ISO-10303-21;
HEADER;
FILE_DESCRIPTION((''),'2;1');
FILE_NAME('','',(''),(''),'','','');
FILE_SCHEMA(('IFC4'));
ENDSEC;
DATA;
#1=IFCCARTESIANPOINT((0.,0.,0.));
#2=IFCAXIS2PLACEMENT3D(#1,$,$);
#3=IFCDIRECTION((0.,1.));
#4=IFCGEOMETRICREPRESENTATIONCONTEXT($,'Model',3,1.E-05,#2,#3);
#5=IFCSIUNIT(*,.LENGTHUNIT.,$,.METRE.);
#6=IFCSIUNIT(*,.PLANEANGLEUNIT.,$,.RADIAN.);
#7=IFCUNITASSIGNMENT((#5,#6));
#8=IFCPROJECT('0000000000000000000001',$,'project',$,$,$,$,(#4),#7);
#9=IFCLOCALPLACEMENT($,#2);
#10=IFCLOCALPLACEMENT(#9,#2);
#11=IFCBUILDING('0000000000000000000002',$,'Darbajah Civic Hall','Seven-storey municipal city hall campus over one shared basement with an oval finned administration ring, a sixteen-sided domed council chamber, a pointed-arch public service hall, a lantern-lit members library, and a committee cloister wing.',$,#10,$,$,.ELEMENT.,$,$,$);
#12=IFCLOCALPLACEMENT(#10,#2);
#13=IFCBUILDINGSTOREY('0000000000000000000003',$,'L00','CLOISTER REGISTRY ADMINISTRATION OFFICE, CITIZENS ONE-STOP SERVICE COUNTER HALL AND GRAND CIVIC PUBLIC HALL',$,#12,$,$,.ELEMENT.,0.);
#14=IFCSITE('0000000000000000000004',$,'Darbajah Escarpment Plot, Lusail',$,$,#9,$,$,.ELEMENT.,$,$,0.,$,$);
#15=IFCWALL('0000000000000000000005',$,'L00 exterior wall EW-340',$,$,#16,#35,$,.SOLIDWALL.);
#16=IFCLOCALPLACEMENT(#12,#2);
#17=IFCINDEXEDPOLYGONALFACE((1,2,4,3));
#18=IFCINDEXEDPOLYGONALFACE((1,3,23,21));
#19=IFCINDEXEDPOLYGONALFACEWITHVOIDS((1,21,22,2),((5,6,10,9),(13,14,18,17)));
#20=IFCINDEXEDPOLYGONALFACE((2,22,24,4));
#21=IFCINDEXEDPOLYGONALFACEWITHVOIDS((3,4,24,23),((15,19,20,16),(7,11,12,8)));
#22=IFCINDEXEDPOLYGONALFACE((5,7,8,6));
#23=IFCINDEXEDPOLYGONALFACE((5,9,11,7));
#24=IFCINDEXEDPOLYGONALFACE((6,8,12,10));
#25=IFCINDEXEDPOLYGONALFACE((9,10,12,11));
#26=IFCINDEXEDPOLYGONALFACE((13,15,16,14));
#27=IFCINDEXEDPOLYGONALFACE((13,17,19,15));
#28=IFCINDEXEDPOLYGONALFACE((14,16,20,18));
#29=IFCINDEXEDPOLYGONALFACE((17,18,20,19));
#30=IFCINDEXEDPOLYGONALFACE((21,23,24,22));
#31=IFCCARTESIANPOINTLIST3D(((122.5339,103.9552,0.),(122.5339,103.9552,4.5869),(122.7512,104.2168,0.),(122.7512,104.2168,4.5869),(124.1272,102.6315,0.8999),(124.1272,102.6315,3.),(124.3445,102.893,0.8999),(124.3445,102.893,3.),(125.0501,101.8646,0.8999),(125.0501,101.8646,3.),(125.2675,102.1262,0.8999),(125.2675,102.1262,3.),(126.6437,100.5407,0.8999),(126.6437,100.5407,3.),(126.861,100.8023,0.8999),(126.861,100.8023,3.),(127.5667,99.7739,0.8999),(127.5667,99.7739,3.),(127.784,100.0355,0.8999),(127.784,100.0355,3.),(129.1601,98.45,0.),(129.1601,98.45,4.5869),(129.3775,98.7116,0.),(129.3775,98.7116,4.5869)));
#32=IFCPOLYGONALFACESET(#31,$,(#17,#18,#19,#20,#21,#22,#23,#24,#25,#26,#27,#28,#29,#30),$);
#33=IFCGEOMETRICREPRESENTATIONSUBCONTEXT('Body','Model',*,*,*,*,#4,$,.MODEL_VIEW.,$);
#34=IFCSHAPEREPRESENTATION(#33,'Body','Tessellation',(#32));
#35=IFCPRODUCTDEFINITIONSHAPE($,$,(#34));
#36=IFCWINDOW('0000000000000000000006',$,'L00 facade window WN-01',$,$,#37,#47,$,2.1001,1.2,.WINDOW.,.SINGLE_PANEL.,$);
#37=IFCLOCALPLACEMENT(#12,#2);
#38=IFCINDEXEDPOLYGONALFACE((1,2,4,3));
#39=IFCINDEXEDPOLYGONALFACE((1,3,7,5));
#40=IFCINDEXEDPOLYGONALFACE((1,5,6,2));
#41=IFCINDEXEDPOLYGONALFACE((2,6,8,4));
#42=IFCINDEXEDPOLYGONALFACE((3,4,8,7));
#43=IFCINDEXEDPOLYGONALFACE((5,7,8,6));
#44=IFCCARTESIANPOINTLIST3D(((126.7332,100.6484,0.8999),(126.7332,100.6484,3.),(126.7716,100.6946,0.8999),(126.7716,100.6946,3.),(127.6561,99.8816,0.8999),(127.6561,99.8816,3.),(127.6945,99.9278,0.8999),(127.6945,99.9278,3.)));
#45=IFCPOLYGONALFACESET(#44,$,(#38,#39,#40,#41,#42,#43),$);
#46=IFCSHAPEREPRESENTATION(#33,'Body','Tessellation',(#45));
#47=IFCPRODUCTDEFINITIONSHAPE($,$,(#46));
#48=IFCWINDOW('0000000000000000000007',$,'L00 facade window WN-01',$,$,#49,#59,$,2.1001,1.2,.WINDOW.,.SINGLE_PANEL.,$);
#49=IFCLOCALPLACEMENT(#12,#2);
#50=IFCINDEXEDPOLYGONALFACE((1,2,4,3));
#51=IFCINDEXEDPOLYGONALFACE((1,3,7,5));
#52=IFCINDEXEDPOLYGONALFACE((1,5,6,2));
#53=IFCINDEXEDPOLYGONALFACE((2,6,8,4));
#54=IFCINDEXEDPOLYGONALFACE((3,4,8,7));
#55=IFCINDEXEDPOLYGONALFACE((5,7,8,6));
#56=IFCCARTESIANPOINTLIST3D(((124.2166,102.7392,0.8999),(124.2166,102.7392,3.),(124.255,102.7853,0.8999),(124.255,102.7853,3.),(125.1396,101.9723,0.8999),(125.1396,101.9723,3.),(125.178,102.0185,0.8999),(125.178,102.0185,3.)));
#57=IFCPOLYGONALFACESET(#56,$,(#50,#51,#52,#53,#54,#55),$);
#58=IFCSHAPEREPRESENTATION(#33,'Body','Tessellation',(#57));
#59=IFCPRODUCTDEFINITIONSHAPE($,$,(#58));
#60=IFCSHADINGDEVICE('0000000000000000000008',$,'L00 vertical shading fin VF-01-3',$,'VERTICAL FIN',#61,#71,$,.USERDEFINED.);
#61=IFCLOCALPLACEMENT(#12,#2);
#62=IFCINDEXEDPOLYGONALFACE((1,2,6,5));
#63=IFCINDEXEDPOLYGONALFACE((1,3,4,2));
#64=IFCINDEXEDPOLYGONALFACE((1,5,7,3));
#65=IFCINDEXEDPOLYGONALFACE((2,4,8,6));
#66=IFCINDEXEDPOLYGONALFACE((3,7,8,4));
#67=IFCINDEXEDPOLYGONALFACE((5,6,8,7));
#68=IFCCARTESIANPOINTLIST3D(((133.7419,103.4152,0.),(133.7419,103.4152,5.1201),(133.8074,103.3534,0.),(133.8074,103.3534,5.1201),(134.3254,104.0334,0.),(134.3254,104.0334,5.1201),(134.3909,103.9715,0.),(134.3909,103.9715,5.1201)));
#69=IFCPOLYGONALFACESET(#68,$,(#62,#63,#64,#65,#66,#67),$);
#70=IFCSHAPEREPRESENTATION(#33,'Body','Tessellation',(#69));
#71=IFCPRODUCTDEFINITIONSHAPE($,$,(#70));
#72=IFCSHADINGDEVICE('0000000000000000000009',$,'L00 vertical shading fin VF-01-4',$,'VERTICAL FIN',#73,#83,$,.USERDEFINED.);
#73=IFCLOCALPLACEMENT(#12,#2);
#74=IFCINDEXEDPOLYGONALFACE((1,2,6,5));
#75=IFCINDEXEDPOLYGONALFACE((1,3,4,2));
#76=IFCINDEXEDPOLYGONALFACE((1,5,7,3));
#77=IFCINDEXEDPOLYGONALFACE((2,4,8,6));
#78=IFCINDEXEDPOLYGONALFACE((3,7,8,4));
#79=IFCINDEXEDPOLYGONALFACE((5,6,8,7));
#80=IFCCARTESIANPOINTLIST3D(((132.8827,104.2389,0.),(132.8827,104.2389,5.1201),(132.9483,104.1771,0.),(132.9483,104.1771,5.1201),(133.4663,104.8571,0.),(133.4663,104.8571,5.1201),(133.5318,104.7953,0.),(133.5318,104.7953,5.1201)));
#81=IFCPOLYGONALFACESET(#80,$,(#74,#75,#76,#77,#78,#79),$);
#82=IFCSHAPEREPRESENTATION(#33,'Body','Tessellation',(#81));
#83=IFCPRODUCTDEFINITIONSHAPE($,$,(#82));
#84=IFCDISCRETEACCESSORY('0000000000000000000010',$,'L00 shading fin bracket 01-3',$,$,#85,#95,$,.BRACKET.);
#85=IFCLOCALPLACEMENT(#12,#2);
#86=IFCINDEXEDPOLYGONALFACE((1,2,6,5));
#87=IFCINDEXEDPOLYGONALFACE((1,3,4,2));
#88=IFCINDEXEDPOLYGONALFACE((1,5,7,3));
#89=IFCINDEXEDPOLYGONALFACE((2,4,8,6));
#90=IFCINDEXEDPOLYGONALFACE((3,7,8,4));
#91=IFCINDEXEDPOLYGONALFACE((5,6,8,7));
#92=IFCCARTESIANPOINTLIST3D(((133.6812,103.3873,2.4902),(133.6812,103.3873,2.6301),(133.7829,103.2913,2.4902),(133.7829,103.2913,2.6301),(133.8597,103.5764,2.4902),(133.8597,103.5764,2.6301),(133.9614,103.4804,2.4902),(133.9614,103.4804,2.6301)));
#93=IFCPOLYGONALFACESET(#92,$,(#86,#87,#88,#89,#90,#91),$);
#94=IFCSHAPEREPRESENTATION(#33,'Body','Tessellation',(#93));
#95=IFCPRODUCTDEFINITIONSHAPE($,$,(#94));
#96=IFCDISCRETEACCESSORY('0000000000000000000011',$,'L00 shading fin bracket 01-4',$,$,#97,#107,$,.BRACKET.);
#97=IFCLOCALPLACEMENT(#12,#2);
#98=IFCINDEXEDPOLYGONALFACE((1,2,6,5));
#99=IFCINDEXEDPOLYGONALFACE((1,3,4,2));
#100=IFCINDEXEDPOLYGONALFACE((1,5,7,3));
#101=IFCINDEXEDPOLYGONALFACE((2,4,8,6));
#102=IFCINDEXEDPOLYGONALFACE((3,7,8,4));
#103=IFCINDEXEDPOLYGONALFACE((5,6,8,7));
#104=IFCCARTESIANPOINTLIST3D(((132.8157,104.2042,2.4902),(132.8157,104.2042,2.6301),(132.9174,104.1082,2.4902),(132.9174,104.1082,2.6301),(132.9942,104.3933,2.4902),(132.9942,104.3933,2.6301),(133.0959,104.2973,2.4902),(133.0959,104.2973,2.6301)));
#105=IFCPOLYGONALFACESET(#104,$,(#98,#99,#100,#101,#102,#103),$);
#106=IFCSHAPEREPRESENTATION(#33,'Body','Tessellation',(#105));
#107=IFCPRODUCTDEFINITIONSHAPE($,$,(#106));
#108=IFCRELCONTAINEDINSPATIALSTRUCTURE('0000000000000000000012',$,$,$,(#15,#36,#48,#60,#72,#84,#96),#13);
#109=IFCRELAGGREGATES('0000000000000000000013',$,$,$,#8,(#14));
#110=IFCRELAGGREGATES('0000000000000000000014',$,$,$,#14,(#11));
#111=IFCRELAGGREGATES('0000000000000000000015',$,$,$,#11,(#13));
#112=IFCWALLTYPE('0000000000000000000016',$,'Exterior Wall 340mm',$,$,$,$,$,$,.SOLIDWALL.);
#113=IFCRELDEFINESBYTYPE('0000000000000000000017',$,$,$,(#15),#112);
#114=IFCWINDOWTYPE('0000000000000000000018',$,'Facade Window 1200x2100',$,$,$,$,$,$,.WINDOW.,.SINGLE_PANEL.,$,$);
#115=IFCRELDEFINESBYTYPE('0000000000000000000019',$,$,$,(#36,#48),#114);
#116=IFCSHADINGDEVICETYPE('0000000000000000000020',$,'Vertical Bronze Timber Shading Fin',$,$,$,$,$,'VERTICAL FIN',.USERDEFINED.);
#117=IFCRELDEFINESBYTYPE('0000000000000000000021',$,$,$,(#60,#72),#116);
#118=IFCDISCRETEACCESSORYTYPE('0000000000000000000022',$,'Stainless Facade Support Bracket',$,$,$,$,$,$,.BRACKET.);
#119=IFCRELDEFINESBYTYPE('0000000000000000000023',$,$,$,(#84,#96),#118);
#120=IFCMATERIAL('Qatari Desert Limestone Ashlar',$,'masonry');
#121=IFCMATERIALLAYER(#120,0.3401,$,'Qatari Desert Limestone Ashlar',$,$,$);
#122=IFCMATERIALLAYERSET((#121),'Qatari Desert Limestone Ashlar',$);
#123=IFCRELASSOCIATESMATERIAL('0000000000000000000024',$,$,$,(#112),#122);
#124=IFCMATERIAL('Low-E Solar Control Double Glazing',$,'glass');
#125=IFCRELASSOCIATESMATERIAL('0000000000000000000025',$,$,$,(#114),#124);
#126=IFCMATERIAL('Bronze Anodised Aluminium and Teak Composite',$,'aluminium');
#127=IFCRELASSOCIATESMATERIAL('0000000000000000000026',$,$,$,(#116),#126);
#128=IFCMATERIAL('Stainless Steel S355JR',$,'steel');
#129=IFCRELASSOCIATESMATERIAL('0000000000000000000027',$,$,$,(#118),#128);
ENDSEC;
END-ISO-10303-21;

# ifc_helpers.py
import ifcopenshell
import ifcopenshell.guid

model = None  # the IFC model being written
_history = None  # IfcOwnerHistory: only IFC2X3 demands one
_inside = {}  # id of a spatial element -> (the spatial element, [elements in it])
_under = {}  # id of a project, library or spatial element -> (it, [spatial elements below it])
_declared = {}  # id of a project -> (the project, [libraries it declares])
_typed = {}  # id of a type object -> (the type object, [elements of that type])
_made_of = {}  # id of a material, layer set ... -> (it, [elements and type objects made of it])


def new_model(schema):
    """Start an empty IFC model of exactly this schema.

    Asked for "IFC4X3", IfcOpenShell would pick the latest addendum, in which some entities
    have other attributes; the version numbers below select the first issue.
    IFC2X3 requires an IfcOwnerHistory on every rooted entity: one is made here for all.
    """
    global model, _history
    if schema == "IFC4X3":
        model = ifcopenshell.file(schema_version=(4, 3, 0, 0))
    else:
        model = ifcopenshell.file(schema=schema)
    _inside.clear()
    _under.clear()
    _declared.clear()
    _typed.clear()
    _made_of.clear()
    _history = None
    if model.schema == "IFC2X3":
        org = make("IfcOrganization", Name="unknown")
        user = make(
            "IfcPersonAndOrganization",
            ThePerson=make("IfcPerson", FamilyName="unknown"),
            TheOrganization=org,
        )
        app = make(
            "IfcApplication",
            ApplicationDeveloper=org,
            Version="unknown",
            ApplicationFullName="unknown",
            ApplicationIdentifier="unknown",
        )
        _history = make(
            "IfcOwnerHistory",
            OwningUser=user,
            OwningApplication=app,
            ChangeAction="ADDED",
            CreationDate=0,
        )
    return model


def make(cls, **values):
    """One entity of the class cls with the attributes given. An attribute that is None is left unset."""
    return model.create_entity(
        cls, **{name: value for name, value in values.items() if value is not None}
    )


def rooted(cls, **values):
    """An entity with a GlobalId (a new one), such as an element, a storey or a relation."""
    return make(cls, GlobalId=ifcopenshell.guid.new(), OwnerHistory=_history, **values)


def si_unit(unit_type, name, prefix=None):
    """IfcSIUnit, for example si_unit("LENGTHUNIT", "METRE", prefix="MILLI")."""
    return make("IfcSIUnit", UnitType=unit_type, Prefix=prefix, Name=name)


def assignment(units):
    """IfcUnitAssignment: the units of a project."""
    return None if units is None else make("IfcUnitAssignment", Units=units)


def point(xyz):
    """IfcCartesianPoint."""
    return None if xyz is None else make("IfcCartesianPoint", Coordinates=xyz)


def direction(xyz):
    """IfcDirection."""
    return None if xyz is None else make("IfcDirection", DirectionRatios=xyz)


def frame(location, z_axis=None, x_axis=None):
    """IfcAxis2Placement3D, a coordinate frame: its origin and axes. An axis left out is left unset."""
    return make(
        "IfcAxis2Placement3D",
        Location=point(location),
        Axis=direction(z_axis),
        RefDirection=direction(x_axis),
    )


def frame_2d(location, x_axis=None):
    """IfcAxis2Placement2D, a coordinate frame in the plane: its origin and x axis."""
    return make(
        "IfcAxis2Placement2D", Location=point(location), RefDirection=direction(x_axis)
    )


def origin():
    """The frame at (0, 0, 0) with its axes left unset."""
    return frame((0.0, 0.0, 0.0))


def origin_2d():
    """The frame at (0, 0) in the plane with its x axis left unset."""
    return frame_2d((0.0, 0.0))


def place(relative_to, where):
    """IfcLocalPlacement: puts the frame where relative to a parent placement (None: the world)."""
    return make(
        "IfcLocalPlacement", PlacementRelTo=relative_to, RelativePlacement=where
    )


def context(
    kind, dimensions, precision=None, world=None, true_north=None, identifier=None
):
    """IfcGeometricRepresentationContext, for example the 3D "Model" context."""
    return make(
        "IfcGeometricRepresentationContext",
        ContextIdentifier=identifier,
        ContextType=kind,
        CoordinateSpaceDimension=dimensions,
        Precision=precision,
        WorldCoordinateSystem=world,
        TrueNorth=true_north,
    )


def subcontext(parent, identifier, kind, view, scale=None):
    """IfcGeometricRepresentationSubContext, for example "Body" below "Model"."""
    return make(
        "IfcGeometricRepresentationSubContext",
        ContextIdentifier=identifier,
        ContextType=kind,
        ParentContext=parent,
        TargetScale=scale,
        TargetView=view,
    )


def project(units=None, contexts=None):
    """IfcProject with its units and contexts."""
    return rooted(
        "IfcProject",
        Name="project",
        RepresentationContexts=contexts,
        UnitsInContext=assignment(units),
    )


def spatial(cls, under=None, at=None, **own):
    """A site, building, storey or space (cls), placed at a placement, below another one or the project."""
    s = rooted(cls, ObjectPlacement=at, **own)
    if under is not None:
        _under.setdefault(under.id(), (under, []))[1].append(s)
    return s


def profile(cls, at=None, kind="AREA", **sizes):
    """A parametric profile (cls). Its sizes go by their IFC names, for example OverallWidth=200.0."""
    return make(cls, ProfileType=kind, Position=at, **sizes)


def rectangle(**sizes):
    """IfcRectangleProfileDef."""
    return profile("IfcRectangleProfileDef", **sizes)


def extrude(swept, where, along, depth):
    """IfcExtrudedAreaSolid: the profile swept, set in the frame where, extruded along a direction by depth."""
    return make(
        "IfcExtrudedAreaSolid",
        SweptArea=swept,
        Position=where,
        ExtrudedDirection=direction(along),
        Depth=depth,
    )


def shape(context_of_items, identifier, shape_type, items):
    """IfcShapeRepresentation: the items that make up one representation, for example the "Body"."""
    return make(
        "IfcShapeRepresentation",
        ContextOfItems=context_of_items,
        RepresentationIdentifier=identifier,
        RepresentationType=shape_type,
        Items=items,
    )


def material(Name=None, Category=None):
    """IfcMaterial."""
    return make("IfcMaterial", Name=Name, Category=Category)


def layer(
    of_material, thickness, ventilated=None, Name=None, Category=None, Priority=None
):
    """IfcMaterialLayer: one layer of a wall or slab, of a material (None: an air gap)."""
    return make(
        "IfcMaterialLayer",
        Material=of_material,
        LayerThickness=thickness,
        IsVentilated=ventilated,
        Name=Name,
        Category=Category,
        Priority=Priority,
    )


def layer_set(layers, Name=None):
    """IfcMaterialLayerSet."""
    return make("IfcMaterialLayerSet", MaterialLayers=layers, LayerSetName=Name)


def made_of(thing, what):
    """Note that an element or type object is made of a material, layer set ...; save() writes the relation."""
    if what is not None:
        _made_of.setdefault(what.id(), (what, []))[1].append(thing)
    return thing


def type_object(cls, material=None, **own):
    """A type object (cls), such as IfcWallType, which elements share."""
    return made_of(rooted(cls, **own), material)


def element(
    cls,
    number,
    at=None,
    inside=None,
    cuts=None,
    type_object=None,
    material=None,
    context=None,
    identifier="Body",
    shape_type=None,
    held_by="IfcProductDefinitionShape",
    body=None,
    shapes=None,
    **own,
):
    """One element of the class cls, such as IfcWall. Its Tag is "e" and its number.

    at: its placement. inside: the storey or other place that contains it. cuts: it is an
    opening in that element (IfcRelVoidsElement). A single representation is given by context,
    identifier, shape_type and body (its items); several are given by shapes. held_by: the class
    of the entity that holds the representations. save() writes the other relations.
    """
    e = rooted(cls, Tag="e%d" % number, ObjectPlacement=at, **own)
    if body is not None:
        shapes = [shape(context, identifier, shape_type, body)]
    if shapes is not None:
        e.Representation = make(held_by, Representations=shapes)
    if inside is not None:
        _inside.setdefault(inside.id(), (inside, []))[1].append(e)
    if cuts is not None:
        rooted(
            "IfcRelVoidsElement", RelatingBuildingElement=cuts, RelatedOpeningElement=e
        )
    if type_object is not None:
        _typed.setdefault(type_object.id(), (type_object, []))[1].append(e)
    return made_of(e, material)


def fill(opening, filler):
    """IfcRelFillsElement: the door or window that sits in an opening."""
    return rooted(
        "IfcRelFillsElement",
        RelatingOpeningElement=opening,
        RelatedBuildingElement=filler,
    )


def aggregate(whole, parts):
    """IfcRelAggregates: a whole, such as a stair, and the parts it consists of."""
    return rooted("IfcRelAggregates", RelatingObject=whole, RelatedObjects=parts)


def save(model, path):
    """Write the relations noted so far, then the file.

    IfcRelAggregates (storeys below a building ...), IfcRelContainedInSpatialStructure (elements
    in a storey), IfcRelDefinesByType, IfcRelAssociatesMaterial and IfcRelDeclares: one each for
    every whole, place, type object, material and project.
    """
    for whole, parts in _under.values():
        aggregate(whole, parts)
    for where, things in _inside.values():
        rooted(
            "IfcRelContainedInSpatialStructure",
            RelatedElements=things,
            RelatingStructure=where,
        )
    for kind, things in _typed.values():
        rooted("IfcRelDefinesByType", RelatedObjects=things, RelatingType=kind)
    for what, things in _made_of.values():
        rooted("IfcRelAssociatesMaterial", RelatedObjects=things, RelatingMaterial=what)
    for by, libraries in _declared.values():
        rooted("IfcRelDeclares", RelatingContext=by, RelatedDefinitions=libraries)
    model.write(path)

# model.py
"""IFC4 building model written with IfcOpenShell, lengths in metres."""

from ifc_helpers import new_model, si_unit, direction, frame, frame_2d, origin, origin_2d, place, context, subcontext, project, spatial, rectangle, extrude, material, layer, layer_set, type_object, element, fill, save


model = new_model("IFC4")

# Units and contexts
model_context = context("Model", 3, precision=1e-05, world=origin(), true_north=direction((0.0, 1.0)))
body_context = subcontext(model_context, "Body", "Model", "MODEL_VIEW")
ifc_project = project(units=[si_unit("LENGTHUNIT", "METRE"), si_unit("PLANEANGLEUNIT", "RADIAN")], contexts=[model_context])

# Site, building, storey
site_placement = place(None, origin())
site = spatial("IfcSite", under=ifc_project, at=site_placement, Name="Darbajah Escarpment Plot, Lusail", CompositionType="ELEMENT", RefElevation=0.0)
building_placement = place(site_placement, origin())
building = spatial("IfcBuilding", under=site, at=building_placement, Name="Darbajah Civic Hall", Description="Seven-storey municipal city hall campus over one shared basement with an oval finned administration ring, a sixteen-sided domed council chamber, a pointed-arch public service hall, a lantern-lit members library, and a committee cloister wing.", CompositionType="ELEMENT")
storey_placement = place(building_placement, origin())
storey = spatial("IfcBuildingStorey", under=building, at=storey_placement, Name="L00", Description="CLOISTER REGISTRY ADMINISTRATION OFFICE, CITIZENS ONE-STOP SERVICE COUNTER HALL AND GRAND CIVIC PUBLIC HALL", CompositionType="ELEMENT", Elevation=0.0)

# Shared definitions
ifc_material_1 = material(Name="Low-E Solar Control Double Glazing", Category="glass")

# Wall, openings, windows
ifc_material_2 = material(Name="Qatari Desert Limestone Ashlar", Category="masonry")
ifc_layer_1 = layer(ifc_material_2, 0.3401, Name="Qatari Desert Limestone Ashlar")
ifc_layer_set_1 = layer_set([ifc_layer_1], Name="Qatari Desert Limestone Ashlar")
wall_type = type_object("IfcWallType", Name="Exterior Wall 340mm", PredefinedType="SOLIDWALL", material=ifc_layer_set_1)
wall_placement = place(storey_placement, frame((129.2688, 98.5808, 0.0), z_axis=(0.0, 0.0, 1.0), x_axis=(-0.769175, 0.639038, 0.0)))
wall = element("IfcWall", 1, at=wall_placement, inside=storey, type_object=wall_type, Name="L00 exterior wall EW-340", PredefinedType="SOLIDWALL", context=body_context, shape_type="SweptSolid", body=[
    extrude(rectangle(XDim=8.6147, YDim=0.3401, at=frame_2d((4.3074, 0.0))), origin(), (0.0, 0.0, 1.0), 4.5869),
])
opening_1_placement = place(wall_placement, frame((2.0715, 0.0, 0.8999)))
opening_1 = element("IfcOpeningElement", 2, at=opening_1_placement, cuts=wall, PredefinedType="OPENING", context=body_context, shape_type="SweptSolid", body=[
    extrude(rectangle(XDim=1.2, YDim=2.1001, at=frame_2d((0.6001, 1.05))), frame((0.0, 0.1799, 0.0), z_axis=(0.0, -1.0, 0.0), x_axis=(1.0, 0.0, 0.0)), (0.0, 0.0, 1.0), 0.3601),
])
opening_2_placement = place(wall_placement, frame((5.3433, 0.0, 0.8999)))
opening_2 = element("IfcOpeningElement", 3, at=opening_2_placement, cuts=wall, PredefinedType="OPENING", context=body_context, shape_type="SweptSolid", body=[
    extrude(rectangle(XDim=1.2, YDim=2.1001, at=frame_2d((0.6001, 1.05))), frame((0.0, 0.1799, 0.0), z_axis=(0.0, -1.0, 0.0), x_axis=(1.0, 0.0, 0.0)), (0.0, 0.0, 1.0), 0.3601),
])
window_type = type_object("IfcWindowType", Name="Facade Window 1200x2100", PartitioningType="SINGLE_PANEL", PredefinedType="WINDOW", material=ifc_material_1)
window_1_placement = place(opening_1_placement, origin())
window_1 = element("IfcWindow", 4, at=window_1_placement, inside=storey, type_object=window_type, Name="L00 facade window WN-01", OverallHeight=2.1001, OverallWidth=1.2, PartitioningType="SINGLE_PANEL", PredefinedType="WINDOW", context=body_context, shape_type="SweptSolid", body=[
    extrude(rectangle(XDim=1.2, YDim=2.1001, at=frame_2d((0.6001, 1.05))), frame((0.0, 0.03, 0.0), z_axis=(0.0, -1.0, 0.0), x_axis=(1.0, 0.0, 0.0)), (0.0, 0.0, 1.0), 0.0601),
])
fill(opening_1, window_1)
window_2_placement = place(opening_2_placement, origin())
window_2 = element("IfcWindow", 5, at=window_2_placement, inside=storey, type_object=window_type, Name="L00 facade window WN-01", OverallHeight=2.1001, OverallWidth=1.2, PartitioningType="SINGLE_PANEL", PredefinedType="WINDOW", context=body_context, shape_type="SweptSolid", body=[
    extrude(rectangle(XDim=1.2, YDim=2.1001, at=frame_2d((0.6001, 1.05))), frame((0.0, 0.03, 0.0), z_axis=(0.0, -1.0, 0.0), x_axis=(1.0, 0.0, 0.0)), (0.0, 0.0, 1.0), 0.0601),
])
fill(opening_2, window_2)

# Shading devices
ifc_material_3 = material(Name="Bronze Anodised Aluminium and Teak Composite", Category="aluminium")
shading_device_type = type_object("IfcShadingDeviceType", Name="Vertical Bronze Timber Shading Fin", ElementType="VERTICAL FIN", PredefinedType="USERDEFINED", material=ifc_material_3)
for number, where, z_axis, x_axis, name in (
    (6, (134.0664, 103.6934, 0.0), (0.0, 0.0, 1.0), (0.686453, 0.727174, 0.0), "L00 vertical shading fin VF-01-3"),
    (7, (133.2073, 104.5171, 0.0), (0.0, 0.0, 1.0), (0.686453, 0.727174, 0.0), "L00 vertical shading fin VF-01-4"),
):
    element("IfcShadingDevice", number, at=place(storey_placement, frame(where, z_axis=z_axis, x_axis=x_axis)), inside=storey, type_object=shading_device_type, Name=name, ObjectType="VERTICAL FIN", PredefinedType="USERDEFINED", context=body_context, shape_type="SweptSolid", body=[
        extrude(rectangle(XDim=0.8501, YDim=0.0901, at=origin_2d()), origin(), (0.0, 0.0, 1.0), 5.1201),
    ])

# Discrete accessories
ifc_material_4 = material(Name="Stainless Steel S355JR", Category="steel")
discrete_accessory_type = type_object("IfcDiscreteAccessoryType", Name="Stainless Facade Support Bracket", PredefinedType="BRACKET", material=ifc_material_4)
for number, where, z_axis, x_axis, name in (
    (8, (133.8213, 103.4338, 2.4902), (0.0, 0.0, 1.0), (0.686453, 0.727174, 0.0), "L00 shading fin bracket 01-3"),
    (9, (132.9558, 104.2507, 2.4902), (0.0, 0.0, 1.0), (0.686453, 0.727174, 0.0), "L00 shading fin bracket 01-4"),
):
    element("IfcDiscreteAccessory", number, at=place(storey_placement, frame(where, z_axis=z_axis, x_axis=x_axis)), inside=storey, type_object=discrete_accessory_type, Name=name, PredefinedType="BRACKET", context=body_context, shape_type="SweptSolid", body=[
        extrude(rectangle(XDim=0.26, YDim=0.1399, at=origin_2d()), origin(), (0.0, 0.0, 1.0), 0.1399),
    ])

save(model, "model.ifc")
